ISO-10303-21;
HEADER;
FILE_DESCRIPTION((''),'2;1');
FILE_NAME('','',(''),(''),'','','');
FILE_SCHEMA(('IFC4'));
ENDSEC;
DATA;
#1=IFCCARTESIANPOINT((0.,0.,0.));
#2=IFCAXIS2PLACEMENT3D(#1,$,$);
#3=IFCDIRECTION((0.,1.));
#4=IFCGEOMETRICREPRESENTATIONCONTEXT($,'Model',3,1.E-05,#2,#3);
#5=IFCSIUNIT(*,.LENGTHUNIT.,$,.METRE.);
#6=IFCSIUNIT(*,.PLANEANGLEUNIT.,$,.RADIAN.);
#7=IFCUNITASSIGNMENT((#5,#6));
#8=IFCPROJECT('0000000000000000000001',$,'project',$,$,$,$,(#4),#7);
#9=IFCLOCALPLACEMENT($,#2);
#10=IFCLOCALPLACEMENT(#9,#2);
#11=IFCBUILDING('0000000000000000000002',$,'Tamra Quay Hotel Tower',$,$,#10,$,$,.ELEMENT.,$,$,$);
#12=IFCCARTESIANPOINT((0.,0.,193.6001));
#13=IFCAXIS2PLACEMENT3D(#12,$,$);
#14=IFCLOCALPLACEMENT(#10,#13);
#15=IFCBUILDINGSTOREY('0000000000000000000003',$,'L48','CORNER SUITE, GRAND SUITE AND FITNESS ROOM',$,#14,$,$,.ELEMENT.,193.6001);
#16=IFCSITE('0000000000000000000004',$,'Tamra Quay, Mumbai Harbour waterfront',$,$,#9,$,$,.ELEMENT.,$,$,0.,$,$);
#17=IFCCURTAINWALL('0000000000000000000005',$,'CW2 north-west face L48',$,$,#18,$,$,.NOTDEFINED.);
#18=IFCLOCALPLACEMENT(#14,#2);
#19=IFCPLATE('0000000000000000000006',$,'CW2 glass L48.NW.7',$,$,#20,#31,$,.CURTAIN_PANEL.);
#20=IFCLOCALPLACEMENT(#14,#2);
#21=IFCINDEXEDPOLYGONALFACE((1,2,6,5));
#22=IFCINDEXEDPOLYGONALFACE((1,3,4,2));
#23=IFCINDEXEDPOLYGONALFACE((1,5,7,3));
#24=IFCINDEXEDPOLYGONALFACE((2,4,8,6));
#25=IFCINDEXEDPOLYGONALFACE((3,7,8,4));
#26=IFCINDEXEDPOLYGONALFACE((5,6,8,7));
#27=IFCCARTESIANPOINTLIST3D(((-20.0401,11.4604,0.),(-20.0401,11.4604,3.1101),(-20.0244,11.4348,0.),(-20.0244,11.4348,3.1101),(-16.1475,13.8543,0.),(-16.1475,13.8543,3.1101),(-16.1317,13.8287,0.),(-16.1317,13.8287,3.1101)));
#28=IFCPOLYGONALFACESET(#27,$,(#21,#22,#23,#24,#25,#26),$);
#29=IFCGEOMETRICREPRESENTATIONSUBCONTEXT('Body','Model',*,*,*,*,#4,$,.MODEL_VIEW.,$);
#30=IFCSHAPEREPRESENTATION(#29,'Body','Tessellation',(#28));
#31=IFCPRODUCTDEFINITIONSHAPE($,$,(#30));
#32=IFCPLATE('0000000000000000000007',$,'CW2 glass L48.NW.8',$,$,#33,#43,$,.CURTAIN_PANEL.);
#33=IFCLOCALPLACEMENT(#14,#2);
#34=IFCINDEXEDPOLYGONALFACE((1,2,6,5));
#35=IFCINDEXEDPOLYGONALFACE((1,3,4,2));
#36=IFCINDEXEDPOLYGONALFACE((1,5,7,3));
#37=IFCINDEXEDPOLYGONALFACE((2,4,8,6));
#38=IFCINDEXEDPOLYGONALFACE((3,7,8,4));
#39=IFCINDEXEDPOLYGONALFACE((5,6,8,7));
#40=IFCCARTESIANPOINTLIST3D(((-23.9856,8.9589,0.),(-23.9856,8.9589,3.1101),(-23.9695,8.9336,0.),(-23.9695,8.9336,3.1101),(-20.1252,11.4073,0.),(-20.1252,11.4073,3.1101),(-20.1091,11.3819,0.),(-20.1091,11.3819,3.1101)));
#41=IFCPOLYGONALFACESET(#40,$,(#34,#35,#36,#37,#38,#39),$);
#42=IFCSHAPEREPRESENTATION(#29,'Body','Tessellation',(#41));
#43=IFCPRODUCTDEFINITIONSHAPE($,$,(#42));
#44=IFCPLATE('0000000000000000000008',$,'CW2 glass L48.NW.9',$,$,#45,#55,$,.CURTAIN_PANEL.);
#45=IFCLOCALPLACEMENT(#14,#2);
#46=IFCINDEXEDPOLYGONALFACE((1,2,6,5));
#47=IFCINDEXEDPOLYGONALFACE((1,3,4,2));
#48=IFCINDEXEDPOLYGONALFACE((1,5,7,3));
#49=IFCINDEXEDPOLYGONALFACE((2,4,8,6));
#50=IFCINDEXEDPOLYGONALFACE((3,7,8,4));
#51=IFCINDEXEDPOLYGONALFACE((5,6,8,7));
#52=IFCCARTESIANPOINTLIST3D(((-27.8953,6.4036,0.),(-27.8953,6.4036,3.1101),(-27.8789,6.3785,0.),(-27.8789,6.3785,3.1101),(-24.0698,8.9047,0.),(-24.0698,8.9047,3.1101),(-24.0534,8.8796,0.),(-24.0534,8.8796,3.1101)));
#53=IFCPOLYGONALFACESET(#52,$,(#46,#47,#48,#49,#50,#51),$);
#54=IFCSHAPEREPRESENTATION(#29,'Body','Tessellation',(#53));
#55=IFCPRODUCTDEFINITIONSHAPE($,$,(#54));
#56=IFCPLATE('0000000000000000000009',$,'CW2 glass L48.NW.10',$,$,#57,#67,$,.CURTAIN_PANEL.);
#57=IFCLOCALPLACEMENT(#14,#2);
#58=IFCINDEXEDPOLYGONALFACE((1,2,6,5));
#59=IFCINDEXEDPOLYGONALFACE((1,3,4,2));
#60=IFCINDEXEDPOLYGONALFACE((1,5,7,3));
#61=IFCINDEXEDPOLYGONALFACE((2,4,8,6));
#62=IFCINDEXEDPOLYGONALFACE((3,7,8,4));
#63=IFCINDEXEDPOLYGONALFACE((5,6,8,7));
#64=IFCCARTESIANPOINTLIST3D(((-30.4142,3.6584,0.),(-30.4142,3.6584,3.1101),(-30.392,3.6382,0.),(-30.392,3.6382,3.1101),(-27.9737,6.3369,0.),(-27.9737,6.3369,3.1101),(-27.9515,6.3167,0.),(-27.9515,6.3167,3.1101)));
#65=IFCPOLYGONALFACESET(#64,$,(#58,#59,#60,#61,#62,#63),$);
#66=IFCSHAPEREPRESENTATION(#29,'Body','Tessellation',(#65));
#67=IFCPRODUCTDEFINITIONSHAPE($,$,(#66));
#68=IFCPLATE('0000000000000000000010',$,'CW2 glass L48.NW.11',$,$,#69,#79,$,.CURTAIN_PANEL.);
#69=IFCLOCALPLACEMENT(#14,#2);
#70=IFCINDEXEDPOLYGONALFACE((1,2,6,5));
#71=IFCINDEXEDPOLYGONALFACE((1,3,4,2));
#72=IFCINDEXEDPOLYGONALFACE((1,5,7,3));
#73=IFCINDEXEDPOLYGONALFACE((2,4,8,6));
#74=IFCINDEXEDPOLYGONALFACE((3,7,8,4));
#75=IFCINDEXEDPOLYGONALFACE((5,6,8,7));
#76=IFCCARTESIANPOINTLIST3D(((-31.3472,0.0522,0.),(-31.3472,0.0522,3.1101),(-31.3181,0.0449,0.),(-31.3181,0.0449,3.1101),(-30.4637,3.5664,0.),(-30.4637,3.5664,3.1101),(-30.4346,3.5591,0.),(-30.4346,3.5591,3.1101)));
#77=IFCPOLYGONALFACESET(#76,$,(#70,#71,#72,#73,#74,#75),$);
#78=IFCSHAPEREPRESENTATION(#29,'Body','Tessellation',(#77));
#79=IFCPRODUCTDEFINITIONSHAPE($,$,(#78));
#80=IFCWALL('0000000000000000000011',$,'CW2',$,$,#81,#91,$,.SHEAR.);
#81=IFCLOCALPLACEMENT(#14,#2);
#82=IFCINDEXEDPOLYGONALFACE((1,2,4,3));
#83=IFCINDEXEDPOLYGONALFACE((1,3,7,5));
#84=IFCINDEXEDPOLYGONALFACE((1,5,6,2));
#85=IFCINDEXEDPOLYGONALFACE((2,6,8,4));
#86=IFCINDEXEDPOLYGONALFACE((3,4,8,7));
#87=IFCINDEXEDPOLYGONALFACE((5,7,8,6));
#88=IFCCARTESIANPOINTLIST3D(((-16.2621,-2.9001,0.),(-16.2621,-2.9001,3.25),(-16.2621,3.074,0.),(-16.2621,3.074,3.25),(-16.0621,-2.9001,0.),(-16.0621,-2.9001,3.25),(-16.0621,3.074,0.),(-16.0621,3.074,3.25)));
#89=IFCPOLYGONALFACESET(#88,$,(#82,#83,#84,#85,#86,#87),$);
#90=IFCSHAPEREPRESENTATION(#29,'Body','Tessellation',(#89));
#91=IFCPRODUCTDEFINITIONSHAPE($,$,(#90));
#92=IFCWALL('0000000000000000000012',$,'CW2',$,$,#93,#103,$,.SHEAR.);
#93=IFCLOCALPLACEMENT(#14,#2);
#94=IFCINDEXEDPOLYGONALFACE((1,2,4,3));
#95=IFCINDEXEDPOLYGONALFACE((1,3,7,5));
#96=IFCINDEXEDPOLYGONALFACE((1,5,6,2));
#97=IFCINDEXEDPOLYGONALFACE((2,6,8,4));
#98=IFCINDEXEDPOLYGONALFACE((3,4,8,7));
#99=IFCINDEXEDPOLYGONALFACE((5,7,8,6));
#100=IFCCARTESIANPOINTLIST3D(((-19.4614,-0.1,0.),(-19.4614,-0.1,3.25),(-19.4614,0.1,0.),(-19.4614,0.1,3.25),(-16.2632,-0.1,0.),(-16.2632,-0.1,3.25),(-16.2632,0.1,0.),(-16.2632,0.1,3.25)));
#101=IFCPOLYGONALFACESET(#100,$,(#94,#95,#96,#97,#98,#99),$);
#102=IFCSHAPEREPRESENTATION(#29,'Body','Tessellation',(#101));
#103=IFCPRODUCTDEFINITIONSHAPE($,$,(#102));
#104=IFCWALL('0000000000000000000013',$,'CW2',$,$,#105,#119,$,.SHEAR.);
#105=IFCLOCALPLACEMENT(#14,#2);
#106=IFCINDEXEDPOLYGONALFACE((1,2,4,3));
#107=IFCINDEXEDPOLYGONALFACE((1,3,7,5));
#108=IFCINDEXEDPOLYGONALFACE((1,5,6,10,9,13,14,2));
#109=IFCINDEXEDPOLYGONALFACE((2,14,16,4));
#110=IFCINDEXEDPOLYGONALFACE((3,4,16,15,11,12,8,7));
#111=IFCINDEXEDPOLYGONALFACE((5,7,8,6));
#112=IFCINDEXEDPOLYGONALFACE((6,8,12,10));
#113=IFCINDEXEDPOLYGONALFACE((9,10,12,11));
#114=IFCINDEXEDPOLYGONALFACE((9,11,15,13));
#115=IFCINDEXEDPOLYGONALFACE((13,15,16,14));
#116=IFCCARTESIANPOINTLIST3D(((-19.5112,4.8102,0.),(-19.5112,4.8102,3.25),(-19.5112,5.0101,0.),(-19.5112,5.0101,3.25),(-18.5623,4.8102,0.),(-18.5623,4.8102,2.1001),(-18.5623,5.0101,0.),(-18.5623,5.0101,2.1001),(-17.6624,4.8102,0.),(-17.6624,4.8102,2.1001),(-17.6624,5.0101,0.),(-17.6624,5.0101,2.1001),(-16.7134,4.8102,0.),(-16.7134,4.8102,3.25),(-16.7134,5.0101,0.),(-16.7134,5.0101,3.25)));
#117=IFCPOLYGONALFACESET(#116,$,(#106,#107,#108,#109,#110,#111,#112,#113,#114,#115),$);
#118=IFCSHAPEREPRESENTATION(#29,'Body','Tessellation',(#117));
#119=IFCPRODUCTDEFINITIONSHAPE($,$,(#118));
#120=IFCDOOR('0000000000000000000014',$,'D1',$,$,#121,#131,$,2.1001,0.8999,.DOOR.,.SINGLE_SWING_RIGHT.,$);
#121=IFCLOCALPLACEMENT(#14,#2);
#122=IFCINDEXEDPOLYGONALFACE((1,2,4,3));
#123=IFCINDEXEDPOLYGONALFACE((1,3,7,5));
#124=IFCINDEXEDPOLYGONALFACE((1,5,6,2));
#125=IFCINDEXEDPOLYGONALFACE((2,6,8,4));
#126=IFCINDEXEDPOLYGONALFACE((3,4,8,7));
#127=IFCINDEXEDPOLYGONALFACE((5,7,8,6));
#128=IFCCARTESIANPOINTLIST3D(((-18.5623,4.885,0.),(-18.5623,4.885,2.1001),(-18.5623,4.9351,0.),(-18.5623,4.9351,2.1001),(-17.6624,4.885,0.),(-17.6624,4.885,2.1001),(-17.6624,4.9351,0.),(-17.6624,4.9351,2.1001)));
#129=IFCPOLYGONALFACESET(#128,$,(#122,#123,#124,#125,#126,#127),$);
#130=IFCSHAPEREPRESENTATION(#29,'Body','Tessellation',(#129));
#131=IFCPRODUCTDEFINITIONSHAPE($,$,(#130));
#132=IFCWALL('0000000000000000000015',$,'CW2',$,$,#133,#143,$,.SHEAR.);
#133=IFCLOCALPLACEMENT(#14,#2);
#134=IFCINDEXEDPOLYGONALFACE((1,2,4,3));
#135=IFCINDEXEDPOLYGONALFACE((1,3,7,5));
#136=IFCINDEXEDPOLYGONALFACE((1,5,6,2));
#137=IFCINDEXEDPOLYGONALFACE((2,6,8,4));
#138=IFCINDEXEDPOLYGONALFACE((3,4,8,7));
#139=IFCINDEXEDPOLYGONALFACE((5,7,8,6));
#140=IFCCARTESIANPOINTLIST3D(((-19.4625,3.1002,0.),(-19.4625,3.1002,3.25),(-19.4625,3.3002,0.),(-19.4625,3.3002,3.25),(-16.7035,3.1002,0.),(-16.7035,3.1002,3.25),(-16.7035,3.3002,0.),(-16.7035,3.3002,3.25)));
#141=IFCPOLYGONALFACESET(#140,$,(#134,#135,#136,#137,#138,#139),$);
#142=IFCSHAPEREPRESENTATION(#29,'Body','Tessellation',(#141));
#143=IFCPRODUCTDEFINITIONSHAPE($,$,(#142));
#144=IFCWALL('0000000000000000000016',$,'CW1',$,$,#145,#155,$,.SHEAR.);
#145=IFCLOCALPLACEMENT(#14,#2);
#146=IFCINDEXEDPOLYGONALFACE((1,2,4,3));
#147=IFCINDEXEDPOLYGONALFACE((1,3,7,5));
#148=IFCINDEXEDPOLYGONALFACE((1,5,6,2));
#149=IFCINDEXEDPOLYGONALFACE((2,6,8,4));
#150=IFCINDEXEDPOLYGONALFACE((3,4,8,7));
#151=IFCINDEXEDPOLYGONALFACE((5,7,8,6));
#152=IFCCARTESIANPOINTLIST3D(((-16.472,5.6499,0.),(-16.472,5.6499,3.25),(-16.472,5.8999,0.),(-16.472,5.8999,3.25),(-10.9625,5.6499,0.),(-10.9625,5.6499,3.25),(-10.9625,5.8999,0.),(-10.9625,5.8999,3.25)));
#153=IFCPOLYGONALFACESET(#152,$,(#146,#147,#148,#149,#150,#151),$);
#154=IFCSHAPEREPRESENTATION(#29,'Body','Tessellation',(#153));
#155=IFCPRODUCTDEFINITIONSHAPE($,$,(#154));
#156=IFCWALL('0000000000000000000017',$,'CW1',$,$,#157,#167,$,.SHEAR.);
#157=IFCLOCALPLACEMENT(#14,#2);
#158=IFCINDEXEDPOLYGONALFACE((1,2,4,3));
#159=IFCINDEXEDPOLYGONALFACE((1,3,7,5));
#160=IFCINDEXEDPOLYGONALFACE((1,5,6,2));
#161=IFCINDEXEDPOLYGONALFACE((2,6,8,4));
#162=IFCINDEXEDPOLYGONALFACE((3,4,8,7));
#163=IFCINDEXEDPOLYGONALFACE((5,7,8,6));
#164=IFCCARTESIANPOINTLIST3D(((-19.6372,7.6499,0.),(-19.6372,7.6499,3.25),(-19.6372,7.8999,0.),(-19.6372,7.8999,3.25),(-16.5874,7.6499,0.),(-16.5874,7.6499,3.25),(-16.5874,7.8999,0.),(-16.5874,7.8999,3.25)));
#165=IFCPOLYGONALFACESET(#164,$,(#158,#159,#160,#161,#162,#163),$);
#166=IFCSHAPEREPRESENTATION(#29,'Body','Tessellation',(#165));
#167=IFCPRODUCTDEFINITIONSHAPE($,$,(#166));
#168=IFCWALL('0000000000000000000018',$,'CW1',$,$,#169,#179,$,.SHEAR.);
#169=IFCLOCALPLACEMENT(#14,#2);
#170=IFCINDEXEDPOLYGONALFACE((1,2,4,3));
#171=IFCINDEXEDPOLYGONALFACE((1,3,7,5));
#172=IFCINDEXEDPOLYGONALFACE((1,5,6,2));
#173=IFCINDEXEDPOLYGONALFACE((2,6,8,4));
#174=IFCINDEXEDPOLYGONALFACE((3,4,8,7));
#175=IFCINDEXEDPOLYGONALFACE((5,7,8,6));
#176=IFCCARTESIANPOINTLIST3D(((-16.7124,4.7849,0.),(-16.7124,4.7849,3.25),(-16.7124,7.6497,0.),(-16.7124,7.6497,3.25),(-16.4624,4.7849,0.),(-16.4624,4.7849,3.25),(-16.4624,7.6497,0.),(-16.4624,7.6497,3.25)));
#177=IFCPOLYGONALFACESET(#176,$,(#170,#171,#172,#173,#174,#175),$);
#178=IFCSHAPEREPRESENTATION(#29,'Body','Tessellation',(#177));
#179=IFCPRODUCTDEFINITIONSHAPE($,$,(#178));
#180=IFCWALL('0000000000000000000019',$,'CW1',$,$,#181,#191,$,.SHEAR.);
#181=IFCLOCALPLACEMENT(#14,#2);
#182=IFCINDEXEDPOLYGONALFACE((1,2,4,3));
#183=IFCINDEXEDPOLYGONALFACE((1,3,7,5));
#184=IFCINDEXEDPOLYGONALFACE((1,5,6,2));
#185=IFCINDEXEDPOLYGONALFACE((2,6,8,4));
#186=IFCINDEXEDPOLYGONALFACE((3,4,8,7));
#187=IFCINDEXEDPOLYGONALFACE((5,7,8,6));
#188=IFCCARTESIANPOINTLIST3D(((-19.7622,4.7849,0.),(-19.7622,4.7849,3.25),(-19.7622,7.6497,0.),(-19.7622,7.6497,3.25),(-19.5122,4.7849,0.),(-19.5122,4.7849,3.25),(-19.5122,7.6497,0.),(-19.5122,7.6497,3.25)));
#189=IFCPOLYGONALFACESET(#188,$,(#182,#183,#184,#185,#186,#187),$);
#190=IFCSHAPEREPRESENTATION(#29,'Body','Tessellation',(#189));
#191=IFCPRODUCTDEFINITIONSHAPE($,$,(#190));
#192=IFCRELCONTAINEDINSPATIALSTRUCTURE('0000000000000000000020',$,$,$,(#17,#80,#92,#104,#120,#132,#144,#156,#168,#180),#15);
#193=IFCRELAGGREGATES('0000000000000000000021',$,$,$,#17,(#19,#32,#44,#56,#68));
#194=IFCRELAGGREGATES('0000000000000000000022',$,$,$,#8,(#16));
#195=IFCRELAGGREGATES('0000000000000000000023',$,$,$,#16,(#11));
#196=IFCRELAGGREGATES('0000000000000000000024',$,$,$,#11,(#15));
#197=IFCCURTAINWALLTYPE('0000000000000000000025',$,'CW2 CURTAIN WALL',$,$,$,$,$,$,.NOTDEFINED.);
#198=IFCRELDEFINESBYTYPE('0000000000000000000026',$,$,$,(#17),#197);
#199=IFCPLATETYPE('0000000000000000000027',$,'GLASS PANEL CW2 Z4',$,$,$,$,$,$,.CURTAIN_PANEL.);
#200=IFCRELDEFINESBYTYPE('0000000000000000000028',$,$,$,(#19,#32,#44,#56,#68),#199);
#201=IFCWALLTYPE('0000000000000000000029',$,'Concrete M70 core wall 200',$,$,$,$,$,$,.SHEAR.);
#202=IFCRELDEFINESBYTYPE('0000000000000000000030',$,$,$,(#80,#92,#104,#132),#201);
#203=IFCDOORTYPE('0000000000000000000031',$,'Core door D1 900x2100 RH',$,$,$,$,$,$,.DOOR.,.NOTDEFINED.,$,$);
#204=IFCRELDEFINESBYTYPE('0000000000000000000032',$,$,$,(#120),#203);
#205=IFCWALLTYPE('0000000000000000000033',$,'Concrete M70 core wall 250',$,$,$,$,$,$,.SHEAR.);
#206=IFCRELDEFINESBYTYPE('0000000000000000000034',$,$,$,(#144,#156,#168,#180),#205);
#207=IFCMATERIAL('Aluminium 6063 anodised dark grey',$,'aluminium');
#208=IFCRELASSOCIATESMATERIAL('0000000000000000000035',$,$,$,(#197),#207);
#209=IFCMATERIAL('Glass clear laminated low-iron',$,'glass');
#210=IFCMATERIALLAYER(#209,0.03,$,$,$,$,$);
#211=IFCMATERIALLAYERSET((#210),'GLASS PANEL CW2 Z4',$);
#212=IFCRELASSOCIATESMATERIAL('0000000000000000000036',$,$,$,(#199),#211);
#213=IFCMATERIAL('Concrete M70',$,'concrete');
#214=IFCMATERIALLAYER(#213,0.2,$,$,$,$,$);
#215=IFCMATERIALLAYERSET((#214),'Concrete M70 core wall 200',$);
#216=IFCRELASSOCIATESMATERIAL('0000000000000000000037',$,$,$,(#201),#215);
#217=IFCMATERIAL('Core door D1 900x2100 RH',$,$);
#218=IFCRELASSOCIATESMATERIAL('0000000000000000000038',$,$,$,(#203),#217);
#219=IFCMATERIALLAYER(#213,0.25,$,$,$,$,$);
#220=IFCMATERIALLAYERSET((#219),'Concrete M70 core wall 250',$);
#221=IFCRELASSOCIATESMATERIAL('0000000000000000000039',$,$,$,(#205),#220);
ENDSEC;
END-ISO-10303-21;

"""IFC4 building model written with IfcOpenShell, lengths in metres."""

from ifc_helpers import new_model, si_unit, direction, frame, frame_2d, origin, origin_2d, place, context, subcontext, project, spatial, rectangle, extrude, material, layer, layer_set, type_object, element, fill, aggregate, save


model = new_model("IFC4")

# Units and contexts
model_context = context("Model", 3, precision=1e-05, world=origin(), true_north=direction((0.0, 1.0)))
body_context = subcontext(model_context, "Body", "Model", "MODEL_VIEW")
ifc_project = project(units=[si_unit("LENGTHUNIT", "METRE"), si_unit("PLANEANGLEUNIT", "RADIAN")], contexts=[model_context])

# Site, building, storey
site_placement = place(None, origin())
site = spatial("IfcSite", under=ifc_project, at=site_placement, Name="Tamra Quay, Mumbai Harbour waterfront", CompositionType="ELEMENT", RefElevation=0.0)
building_placement = place(site_placement, origin())
building = spatial("IfcBuilding", under=site, at=building_placement, Name="Tamra Quay Hotel Tower", CompositionType="ELEMENT")
storey_placement = place(building_placement, frame((0.0, 0.0, 193.6001)))
storey = spatial("IfcBuildingStorey", under=building, at=storey_placement, Name="L48", Description="CORNER SUITE, GRAND SUITE AND FITNESS ROOM", CompositionType="ELEMENT", Elevation=193.6001)

# Shared definitions
ifc_material_1 = material(Name="Concrete M70", Category="concrete")

# Curtain wall
ifc_material_2 = material(Name="Aluminium 6063 anodised dark grey", Category="aluminium")
curtain_wall_type = type_object("IfcCurtainWallType", Name="CW2 CURTAIN WALL", PredefinedType="NOTDEFINED", material=ifc_material_2)
curtain_wall_placement = place(storey_placement, origin())
curtain_wall = element("IfcCurtainWall", 1, at=curtain_wall_placement, inside=storey, type_object=curtain_wall_type, Name="CW2 north-west face L48", PredefinedType="NOTDEFINED")

# Plates
ifc_material_3 = material(Name="Glass clear laminated low-iron", Category="glass")
ifc_layer_1 = layer(ifc_material_3, 0.03)
ifc_layer_set_1 = layer_set([ifc_layer_1], Name="GLASS PANEL CW2 Z4")
plate_type = type_object("IfcPlateType", Name="GLASS PANEL CW2 Z4", PredefinedType="CURTAIN_PANEL", material=ifc_layer_set_1)
plate_1_placement = place(storey_placement, frame((-18.0859, 12.6445, 0.0), z_axis=(0.0, 0.0, 1.0), x_axis=(-0.851815, -0.523843, 0.0)))
plate_1 = element("IfcPlate", 2, at=plate_1_placement, type_object=plate_type, Name="CW2 glass L48.NW.7", PredefinedType="CURTAIN_PANEL", context=body_context, shape_type="SweptSolid", body=[
    extrude(rectangle(XDim=4.5698, YDim=0.03, at=origin_2d()), origin(), (0.0, 0.0, 1.0), 3.1101),
])
plate_2_placement = place(storey_placement, frame((-22.0474, 10.1704, 0.0), z_axis=(0.0, 0.0, 1.0), x_axis=(-0.844476, -0.535593, 0.0)))
plate_2 = element("IfcPlate", 3, at=plate_2_placement, type_object=plate_type, Name="CW2 glass L48.NW.8", PredefinedType="CURTAIN_PANEL", context=body_context, shape_type="SweptSolid", body=[
    extrude(rectangle(XDim=4.5713, YDim=0.03, at=origin_2d()), origin(), (0.0, 0.0, 1.0), 3.1101),
])
plate_3_placement = place(storey_placement, frame((-25.9744, 7.6416, 0.0), z_axis=(0.0, 0.0, 1.0), x_axis=(-0.836986, -0.547224, 0.0)))
plate_3 = element("IfcPlate", 4, at=plate_3_placement, type_object=plate_type, Name="CW2 glass L48.NW.9", PredefinedType="CURTAIN_PANEL", context=body_context, shape_type="SweptSolid", body=[
    extrude(rectangle(XDim=4.5706, YDim=0.03, at=origin_2d()), origin(), (0.0, 0.0, 1.0), 3.1101),
])
plate_4_placement = place(storey_placement, frame((-29.1829, 4.9875, 0.0), z_axis=(0.0, 0.0, 1.0), x_axis=(-0.673496, -0.739191, 0.0)))
plate_4 = element("IfcPlate", 5, at=plate_4_placement, type_object=plate_type, Name="CW2 glass L48.NW.10", PredefinedType="CURTAIN_PANEL", context=body_context, shape_type="SweptSolid", body=[
    extrude(rectangle(XDim=3.6235, YDim=0.03, at=origin_2d()), origin(), (0.0, 0.0, 1.0), 3.1101),
])
plate_5_placement = place(storey_placement, frame((-30.8909, 1.8057, 0.0), z_axis=(0.0, 0.0, 1.0), x_axis=(-0.243826, -0.969819, 0.0)))
plate_5 = element("IfcPlate", 6, at=plate_5_placement, type_object=plate_type, Name="CW2 glass L48.NW.11", PredefinedType="CURTAIN_PANEL", context=body_context, shape_type="SweptSolid", body=[
    extrude(rectangle(XDim=3.6235, YDim=0.03, at=origin_2d()), origin(), (0.0, 0.0, 1.0), 3.1101),
])
aggregate(curtain_wall, [plate_1, plate_2, plate_3, plate_4, plate_5])

# Walls
ifc_layer_2 = layer(ifc_material_1, 0.2)
ifc_layer_set_2 = layer_set([ifc_layer_2], Name="Concrete M70 core wall 200")
wall_type_1 = type_object("IfcWallType", Name="Concrete M70 core wall 200", PredefinedType="SHEAR", material=ifc_layer_set_2)
wall_1_placement = place(storey_placement, frame((-16.1621, 3.074, 0.0), z_axis=(0.0, 0.0, 1.0), x_axis=(0.0, -1.0, 0.0)))
element("IfcWall", 7, at=wall_1_placement, inside=storey, type_object=wall_type_1, Name="CW2", PredefinedType="SHEAR", context=body_context, shape_type="SweptSolid", body=[
    extrude(rectangle(XDim=5.9741, YDim=0.2, at=frame_2d((2.9871, 0.0))), origin(), (0.0, 0.0, 1.0), 3.25),
])
wall_2_placement = place(storey_placement, frame((-16.2632, 0.0, 0.0), z_axis=(0.0, 0.0, 1.0), x_axis=(-1.0, 0.0, 0.0)))
element("IfcWall", 8, at=wall_2_placement, inside=storey, type_object=wall_type_1, Name="CW2", PredefinedType="SHEAR", context=body_context, shape_type="SweptSolid", body=[
    extrude(rectangle(XDim=3.1982, YDim=0.2, at=frame_2d((1.5991, 0.0))), origin(), (0.0, 0.0, 1.0), 3.25),
])

# Wall, opening, door
wall_3_placement = place(storey_placement, frame((-19.5112, 4.9102, 0.0), z_axis=(0.0, 0.0, 1.0), x_axis=(1.0, 0.0, 0.0)))
wall_3 = element("IfcWall", 9, at=wall_3_placement, inside=storey, type_object=wall_type_1, Name="CW2", PredefinedType="SHEAR", context=body_context, shape_type="SweptSolid", body=[
    extrude(rectangle(XDim=2.7979, YDim=0.2, at=frame_2d((1.3989, 0.0))), origin(), (0.0, 0.0, 1.0), 3.25),
])
opening_placement = place(wall_3_placement, frame((0.949, 0.0, 0.0)))
opening = element("IfcOpeningElement", 10, at=opening_placement, cuts=wall_3, PredefinedType="OPENING", context=body_context, shape_type="SweptSolid", body=[
    extrude(rectangle(XDim=0.8999, YDim=2.1001, at=frame_2d((0.45, 1.05))), frame((0.0, 0.1099, 0.0), z_axis=(0.0, -1.0, 0.0), x_axis=(1.0, 0.0, 0.0)), (0.0, 0.0, 1.0), 0.22),
])
ifc_material_4 = material(Name="Core door D1 900x2100 RH")
door_type = type_object("IfcDoorType", Name="Core door D1 900x2100 RH", OperationType="NOTDEFINED", PredefinedType="DOOR", material=ifc_material_4)
door_placement = place(opening_placement, origin())
door = element("IfcDoor", 11, at=door_placement, inside=storey, type_object=door_type, Name="D1", OperationType="SINGLE_SWING_RIGHT", OverallHeight=2.1001, OverallWidth=0.8999, PredefinedType="DOOR", context=body_context, shape_type="SweptSolid", body=[
    extrude(rectangle(XDim=0.8999, YDim=2.1001, at=frame_2d((0.45, 1.05))), frame((0.0, 0.0249, 0.0), z_axis=(0.0, -1.0, 0.0), x_axis=(1.0, 0.0, 0.0)), (0.0, 0.0, 1.0), 0.05),
])
fill(opening, door)

# Walls
wall_4_placement = place(storey_placement, frame((-19.4624, 3.2002, 0.0), z_axis=(0.0, 0.0, 1.0), x_axis=(1.0, 0.0, 0.0)))
element("IfcWall", 12, at=wall_4_placement, inside=storey, type_object=wall_type_1, Name="CW2", PredefinedType="SHEAR", context=body_context, shape_type="SweptSolid", body=[
    extrude(rectangle(XDim=2.759, YDim=0.2, at=frame_2d((1.3794, 0.0))), origin(), (0.0, 0.0, 1.0), 3.25),
])
ifc_layer_3 = layer(ifc_material_1, 0.25)
ifc_layer_set_3 = layer_set([ifc_layer_3], Name="Concrete M70 core wall 250")
wall_type_2 = type_object("IfcWallType", Name="Concrete M70 core wall 250", PredefinedType="SHEAR", material=ifc_layer_set_3)
wall_5_placement = place(storey_placement, frame((-16.4722, 5.7749, 0.0), z_axis=(0.0, 0.0, 1.0), x_axis=(1.0, 0.0, 0.0)))
element("IfcWall", 13, at=wall_5_placement, inside=storey, type_object=wall_type_2, Name="CW1", PredefinedType="SHEAR", context=body_context, shape_type="SweptSolid", body=[
    extrude(rectangle(XDim=5.5095, YDim=0.25, at=frame_2d((2.7549, 0.0))), origin(), (0.0, 0.0, 1.0), 3.25),
])
wall_6_placement = place(storey_placement, frame((-19.6372, 7.7749, 0.0), z_axis=(0.0, 0.0, 1.0), x_axis=(1.0, 0.0, 0.0)))
element("IfcWall", 14, at=wall_6_placement, inside=storey, type_object=wall_type_2, Name="CW1", PredefinedType="SHEAR", context=body_context, shape_type="SweptSolid", body=[
    extrude(rectangle(XDim=3.0498, YDim=0.25, at=frame_2d((1.5249, 0.0))), origin(), (0.0, 0.0, 1.0), 3.25),
])
for number, where, z_axis, x_axis, name in (
    (15, (-16.5874, 7.6497, 0.0), (0.0, 0.0, 1.0), (0.0, -1.0, 0.0), "CW1"),
    (16, (-19.6372, 4.7849, 0.0), (0.0, 0.0, 1.0), (0.0, 1.0, 0.0), "CW1"),
):
    element("IfcWall", number, at=place(storey_placement, frame(where, z_axis=z_axis, x_axis=x_axis)), inside=storey, type_object=wall_type_2, Name=name, PredefinedType="SHEAR", context=body_context, shape_type="SweptSolid", body=[
        extrude(rectangle(XDim=2.8647, YDim=0.25, at=frame_2d((1.4324, 0.0))), origin(), (0.0, 0.0, 1.0), 3.25),
    ])

save(model, "model.ifc")
